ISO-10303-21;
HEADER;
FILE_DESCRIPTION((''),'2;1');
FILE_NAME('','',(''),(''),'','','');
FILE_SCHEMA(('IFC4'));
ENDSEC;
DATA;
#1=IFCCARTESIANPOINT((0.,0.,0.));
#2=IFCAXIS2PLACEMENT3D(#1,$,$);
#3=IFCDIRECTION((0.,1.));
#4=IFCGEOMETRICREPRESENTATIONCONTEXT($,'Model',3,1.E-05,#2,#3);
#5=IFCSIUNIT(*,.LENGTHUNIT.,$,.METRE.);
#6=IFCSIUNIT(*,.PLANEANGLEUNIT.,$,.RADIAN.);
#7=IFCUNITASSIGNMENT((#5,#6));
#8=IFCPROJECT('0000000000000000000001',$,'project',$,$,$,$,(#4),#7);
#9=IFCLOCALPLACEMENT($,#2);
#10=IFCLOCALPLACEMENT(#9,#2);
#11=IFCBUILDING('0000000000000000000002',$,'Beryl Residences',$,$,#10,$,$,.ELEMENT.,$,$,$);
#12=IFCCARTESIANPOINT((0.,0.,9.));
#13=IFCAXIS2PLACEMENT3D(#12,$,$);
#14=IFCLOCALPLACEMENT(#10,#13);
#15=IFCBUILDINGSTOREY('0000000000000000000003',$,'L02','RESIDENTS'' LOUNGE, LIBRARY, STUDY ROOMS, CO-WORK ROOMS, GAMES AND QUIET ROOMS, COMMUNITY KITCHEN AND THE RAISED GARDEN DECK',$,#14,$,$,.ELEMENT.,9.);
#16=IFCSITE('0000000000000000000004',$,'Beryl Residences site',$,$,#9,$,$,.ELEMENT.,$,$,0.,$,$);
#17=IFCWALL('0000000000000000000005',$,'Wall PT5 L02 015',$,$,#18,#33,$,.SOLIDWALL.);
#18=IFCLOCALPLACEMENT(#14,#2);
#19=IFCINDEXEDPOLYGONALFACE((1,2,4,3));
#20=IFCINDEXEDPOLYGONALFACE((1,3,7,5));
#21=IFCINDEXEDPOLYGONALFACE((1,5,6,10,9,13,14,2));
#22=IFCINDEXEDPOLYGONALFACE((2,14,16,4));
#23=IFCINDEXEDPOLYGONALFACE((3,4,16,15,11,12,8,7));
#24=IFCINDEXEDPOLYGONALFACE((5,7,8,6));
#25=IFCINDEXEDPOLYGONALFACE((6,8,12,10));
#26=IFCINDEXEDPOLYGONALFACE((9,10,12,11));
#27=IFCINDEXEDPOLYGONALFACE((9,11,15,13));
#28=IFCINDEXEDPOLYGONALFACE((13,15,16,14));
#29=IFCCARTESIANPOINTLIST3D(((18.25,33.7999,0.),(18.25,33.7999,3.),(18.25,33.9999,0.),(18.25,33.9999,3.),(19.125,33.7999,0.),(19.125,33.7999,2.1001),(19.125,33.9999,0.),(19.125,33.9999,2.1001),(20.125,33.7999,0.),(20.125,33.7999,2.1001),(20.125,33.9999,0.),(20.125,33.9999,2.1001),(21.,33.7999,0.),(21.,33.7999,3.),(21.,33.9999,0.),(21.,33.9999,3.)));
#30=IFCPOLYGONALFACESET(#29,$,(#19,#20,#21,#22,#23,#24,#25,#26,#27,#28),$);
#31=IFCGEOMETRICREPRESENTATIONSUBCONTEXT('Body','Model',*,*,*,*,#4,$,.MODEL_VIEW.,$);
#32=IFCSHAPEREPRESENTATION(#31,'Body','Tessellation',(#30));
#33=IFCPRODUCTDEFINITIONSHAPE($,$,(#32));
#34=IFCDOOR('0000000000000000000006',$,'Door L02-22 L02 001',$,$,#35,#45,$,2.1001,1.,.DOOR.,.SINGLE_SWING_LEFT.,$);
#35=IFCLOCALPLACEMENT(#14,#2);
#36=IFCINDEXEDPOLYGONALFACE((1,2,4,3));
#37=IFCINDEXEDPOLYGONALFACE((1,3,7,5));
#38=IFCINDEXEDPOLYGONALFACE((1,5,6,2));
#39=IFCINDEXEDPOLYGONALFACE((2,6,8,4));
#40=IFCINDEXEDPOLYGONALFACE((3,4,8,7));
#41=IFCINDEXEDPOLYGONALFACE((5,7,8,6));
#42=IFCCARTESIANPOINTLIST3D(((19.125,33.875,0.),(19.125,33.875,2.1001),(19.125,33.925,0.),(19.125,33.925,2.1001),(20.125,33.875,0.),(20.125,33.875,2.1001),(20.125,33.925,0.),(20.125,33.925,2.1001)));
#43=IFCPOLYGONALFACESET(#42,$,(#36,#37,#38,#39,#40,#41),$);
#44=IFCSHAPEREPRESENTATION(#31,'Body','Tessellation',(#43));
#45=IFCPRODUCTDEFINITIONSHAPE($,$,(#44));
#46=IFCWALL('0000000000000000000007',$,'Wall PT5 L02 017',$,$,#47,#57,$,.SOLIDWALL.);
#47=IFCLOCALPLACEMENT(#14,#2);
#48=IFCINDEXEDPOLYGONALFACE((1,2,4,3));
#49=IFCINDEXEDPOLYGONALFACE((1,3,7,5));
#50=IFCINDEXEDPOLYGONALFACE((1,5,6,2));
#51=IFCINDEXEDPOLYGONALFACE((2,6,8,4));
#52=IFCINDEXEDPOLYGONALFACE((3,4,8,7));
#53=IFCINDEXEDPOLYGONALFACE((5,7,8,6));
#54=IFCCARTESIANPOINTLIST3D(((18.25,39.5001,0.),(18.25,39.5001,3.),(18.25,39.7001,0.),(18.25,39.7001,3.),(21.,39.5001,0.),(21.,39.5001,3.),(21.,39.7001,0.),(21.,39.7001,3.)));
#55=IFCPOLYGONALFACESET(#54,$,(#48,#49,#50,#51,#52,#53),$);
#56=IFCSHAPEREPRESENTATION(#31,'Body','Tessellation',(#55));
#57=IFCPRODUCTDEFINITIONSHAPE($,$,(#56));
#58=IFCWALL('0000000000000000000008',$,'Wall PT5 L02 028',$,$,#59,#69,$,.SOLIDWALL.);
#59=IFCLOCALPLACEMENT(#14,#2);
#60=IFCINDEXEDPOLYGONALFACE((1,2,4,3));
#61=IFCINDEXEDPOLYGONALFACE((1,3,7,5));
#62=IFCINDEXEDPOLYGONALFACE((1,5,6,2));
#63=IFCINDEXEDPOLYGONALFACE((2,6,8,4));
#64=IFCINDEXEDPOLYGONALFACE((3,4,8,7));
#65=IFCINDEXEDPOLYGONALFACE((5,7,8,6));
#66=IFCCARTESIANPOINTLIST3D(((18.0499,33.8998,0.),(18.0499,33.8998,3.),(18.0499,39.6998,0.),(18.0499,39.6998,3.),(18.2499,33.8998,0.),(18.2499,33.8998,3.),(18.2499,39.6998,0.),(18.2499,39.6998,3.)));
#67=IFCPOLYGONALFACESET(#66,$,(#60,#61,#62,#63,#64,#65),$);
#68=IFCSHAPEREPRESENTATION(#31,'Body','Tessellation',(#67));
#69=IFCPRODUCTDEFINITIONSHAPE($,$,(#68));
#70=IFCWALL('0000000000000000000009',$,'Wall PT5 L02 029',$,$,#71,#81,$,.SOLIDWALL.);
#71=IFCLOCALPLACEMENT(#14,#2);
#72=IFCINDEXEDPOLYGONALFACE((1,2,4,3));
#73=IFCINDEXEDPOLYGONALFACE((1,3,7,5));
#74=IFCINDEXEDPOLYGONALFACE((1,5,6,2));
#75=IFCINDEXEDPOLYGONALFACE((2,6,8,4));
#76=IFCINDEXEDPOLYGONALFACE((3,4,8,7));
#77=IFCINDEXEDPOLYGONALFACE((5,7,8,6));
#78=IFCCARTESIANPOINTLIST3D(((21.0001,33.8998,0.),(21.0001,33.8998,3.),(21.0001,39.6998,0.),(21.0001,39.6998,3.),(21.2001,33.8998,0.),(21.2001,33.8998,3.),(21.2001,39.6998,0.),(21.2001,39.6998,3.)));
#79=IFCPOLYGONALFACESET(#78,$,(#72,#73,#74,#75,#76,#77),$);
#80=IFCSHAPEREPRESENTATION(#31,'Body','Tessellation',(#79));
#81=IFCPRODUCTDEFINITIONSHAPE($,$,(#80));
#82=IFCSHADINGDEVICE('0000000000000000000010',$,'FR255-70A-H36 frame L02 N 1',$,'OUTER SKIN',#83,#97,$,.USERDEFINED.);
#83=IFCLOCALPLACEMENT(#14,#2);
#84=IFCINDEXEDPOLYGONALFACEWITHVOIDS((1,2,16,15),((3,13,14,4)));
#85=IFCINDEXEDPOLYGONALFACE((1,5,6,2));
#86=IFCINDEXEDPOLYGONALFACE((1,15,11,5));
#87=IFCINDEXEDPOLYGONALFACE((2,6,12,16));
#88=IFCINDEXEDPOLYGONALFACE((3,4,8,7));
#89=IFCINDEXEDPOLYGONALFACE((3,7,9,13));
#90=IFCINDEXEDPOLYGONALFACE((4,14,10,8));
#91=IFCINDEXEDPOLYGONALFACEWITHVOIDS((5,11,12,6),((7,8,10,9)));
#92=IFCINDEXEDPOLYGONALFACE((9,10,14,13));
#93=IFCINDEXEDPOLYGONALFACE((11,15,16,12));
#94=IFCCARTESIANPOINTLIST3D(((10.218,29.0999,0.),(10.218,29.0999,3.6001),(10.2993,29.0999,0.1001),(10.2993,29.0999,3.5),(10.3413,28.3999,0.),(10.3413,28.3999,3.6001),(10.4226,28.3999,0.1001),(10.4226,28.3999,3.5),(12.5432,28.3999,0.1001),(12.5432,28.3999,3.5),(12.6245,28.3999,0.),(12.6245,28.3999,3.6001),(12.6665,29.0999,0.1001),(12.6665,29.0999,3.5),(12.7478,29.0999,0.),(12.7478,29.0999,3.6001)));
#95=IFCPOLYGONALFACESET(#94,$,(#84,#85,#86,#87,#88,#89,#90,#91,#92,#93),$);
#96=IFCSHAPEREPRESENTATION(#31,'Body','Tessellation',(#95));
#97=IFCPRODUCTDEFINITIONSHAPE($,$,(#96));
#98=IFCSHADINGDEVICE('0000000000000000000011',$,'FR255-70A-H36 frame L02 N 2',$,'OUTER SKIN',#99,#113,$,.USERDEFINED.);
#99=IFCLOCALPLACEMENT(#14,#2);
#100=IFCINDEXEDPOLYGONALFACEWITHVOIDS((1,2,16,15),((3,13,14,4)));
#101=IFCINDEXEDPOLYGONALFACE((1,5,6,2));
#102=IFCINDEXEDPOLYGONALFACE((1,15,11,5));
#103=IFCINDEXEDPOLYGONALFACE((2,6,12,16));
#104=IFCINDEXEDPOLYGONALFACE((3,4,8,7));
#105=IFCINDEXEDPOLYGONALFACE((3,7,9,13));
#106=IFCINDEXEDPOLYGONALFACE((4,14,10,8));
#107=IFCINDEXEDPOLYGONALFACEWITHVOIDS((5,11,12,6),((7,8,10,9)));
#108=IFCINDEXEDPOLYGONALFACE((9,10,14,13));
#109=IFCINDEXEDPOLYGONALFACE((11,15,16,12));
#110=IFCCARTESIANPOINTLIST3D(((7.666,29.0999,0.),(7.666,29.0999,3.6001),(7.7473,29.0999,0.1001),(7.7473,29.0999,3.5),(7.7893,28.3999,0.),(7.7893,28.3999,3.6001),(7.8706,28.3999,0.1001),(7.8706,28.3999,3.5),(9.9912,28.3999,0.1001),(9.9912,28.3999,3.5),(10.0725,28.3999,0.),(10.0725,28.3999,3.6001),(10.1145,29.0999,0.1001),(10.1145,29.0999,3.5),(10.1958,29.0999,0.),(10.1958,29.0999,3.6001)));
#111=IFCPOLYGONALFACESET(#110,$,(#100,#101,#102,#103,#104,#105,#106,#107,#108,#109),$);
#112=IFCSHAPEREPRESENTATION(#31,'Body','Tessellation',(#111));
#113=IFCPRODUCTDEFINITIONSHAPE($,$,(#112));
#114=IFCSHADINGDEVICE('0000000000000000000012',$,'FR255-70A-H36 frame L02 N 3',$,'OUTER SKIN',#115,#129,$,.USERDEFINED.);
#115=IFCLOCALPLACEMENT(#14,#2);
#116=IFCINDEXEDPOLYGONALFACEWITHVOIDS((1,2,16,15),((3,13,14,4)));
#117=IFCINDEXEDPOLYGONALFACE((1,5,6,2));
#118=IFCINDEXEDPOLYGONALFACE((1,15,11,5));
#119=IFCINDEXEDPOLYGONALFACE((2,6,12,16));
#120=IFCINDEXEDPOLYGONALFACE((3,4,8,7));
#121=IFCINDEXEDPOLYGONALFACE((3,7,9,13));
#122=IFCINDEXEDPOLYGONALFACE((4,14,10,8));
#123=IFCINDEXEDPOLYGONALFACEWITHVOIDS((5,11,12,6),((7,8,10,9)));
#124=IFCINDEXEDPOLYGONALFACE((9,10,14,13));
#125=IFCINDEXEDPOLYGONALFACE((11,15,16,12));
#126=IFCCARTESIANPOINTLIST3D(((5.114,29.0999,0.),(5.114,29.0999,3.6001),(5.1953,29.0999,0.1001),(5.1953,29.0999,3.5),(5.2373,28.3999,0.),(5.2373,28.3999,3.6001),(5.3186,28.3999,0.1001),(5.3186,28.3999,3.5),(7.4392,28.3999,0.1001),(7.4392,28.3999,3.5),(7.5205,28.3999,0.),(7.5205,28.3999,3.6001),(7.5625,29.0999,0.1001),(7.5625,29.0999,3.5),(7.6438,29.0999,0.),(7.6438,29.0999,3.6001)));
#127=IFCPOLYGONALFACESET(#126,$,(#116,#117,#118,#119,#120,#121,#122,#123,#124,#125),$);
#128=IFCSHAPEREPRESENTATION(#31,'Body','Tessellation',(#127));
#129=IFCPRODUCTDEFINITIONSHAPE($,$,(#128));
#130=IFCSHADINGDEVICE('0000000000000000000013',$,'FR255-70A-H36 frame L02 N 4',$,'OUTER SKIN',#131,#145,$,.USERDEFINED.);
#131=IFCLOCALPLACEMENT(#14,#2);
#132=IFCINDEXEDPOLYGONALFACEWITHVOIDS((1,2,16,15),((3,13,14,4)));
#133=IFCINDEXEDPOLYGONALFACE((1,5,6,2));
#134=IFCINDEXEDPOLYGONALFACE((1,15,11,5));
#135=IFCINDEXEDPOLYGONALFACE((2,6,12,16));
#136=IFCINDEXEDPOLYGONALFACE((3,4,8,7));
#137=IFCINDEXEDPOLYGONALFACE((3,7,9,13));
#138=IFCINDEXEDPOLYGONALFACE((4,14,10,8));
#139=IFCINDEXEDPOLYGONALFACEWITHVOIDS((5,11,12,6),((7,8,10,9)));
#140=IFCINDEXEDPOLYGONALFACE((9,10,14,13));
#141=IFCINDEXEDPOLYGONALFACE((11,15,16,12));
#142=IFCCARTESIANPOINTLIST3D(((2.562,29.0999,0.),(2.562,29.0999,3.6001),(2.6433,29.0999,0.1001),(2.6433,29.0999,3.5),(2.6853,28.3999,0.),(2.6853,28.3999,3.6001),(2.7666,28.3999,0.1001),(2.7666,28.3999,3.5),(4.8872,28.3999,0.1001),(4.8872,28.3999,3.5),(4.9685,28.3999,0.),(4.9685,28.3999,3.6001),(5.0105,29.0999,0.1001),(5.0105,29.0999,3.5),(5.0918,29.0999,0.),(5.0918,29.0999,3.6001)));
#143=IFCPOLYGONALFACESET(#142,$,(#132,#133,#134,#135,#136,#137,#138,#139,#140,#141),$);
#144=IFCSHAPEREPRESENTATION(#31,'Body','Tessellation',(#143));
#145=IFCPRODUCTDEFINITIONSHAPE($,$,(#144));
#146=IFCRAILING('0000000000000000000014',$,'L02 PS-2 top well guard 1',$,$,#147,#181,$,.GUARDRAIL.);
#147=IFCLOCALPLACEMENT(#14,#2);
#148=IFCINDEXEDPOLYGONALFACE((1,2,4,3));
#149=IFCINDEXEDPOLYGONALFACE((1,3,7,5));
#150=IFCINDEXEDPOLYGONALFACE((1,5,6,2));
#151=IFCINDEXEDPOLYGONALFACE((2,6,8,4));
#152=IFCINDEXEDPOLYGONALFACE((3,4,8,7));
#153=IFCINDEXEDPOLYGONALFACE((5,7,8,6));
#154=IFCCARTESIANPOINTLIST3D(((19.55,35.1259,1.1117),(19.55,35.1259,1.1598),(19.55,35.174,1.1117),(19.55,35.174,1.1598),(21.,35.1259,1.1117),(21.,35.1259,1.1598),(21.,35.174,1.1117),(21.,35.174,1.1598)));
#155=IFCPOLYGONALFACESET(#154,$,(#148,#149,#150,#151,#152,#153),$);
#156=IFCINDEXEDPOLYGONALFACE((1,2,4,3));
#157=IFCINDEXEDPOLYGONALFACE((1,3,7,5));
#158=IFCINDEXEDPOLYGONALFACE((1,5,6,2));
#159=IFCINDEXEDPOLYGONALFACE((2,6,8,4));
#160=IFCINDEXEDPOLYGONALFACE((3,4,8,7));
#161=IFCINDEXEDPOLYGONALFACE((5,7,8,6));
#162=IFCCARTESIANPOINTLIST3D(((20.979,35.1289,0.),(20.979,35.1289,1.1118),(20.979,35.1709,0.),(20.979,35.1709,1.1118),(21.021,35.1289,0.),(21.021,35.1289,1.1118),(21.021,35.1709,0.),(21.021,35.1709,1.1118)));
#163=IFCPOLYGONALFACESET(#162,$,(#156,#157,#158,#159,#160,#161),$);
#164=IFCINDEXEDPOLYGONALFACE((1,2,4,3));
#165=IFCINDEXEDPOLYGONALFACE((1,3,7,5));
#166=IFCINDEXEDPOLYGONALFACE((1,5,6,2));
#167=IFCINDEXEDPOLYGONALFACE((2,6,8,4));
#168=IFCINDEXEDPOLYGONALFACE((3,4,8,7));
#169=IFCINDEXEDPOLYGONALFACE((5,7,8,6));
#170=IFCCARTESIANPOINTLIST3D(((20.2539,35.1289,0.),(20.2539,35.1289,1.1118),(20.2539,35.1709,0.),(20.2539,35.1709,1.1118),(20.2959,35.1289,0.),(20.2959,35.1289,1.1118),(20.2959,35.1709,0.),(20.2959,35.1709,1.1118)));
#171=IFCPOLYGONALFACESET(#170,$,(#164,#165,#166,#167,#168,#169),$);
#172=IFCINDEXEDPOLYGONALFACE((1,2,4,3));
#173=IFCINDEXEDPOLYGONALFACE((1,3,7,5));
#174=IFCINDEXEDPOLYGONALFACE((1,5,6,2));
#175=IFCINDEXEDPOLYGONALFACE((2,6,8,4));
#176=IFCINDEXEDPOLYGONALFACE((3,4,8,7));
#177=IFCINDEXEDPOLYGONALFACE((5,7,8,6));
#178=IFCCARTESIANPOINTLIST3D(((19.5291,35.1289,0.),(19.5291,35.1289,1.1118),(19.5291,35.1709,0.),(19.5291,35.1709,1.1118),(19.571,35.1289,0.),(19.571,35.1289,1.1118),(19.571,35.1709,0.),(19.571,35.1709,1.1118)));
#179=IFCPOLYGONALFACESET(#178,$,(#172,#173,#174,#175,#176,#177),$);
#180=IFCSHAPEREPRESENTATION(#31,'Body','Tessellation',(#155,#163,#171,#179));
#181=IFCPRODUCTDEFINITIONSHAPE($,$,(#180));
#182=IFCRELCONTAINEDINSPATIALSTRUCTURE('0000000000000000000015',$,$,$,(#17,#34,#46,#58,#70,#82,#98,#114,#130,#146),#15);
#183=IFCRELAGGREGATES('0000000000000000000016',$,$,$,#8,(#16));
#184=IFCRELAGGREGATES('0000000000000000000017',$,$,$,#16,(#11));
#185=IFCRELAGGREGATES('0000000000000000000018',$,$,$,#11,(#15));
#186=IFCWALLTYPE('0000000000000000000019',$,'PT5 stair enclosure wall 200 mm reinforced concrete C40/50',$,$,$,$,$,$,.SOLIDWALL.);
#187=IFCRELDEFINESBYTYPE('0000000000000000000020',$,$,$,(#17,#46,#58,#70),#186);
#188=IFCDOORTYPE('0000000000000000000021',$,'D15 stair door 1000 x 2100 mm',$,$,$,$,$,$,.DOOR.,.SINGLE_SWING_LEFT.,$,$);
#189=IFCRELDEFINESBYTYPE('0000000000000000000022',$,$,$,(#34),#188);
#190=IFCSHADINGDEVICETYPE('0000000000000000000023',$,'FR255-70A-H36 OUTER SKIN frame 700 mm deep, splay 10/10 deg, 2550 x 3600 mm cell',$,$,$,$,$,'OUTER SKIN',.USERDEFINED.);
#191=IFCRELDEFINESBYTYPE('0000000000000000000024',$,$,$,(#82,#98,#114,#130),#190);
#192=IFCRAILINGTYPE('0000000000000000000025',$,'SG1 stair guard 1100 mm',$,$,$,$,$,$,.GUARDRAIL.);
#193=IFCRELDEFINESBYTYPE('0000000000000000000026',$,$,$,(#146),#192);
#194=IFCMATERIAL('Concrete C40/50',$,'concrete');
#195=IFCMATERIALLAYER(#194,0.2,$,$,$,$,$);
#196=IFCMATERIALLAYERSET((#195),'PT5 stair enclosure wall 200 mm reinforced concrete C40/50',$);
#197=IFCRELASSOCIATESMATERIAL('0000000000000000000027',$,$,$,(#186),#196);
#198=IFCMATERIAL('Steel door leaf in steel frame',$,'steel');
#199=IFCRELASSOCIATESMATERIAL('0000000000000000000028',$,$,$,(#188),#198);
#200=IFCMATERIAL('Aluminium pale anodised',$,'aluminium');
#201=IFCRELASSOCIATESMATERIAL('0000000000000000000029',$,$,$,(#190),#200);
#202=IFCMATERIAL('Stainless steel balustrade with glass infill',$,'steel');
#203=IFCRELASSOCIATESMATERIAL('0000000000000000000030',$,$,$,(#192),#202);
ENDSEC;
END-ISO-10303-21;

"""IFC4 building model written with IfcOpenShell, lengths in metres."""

from ifc_helpers import new_model, entity, si_unit, direction, frame, frame_2d, origin, origin_2d, place, context, subcontext, project, spatial, rectangle, extrude, source, transform, mapped, material, layer, layer_set, type_object, type_shapes, element, fill, save


model = new_model("IFC4")

# Units and contexts
model_context = context("Model", 3, precision=1e-05, world=origin(), true_north=direction((0.0, 1.0)))
body_context = subcontext(model_context, "Body", "Model", "MODEL_VIEW")
ifc_project = project(units=[si_unit("LENGTHUNIT", "METRE"), si_unit("PLANEANGLEUNIT", "RADIAN")], contexts=[model_context])

# Site, building, storey
site_placement = place(None, origin())
site = spatial("IfcSite", under=ifc_project, at=site_placement, Name="Beryl Residences site", CompositionType="ELEMENT", RefElevation=0.0)
building_placement = place(site_placement, origin())
building = spatial("IfcBuilding", under=site, at=building_placement, Name="Beryl Residences", CompositionType="ELEMENT")
storey_placement = place(building_placement, frame((0.0, 0.0, 9.0)))
storey = spatial("IfcBuildingStorey", under=building, at=storey_placement, Name="L02", Description="RESIDENTS' LOUNGE, LIBRARY, STUDY ROOMS, CO-WORK ROOMS, GAMES AND QUIET ROOMS, COMMUNITY KITCHEN AND THE RAISED GARDEN DECK", CompositionType="ELEMENT", Elevation=9.0)

# Wall, opening, door
ifc_material_1 = material(Name="Concrete C40/50", Category="concrete")
ifc_layer_1 = layer(ifc_material_1, 0.2)
ifc_layer_set_1 = layer_set([ifc_layer_1], Name="PT5 stair enclosure wall 200 mm reinforced concrete C40/50")
wall_type = type_object("IfcWallType", Name="PT5 stair enclosure wall 200 mm reinforced concrete C40/50", PredefinedType="SOLIDWALL", material=ifc_layer_set_1)
wall_1_placement = place(storey_placement, frame((18.25, 33.8999, 0.0), z_axis=(0.0, 0.0, 1.0), x_axis=(1.0, 0.0, 0.0)))
wall_1 = element("IfcWall", 1, at=wall_1_placement, inside=storey, type_object=wall_type, Name="Wall PT5 L02 015", PredefinedType="SOLIDWALL", context=body_context, shape_type="SweptSolid", body=[
    extrude(rectangle(XDim=2.75, YDim=0.2, at=frame_2d((1.375, 0.0))), origin(), (0.0, 0.0, 1.0), 3.0),
])
opening_placement = place(wall_1_placement, frame((1.875, 0.0, 0.0), z_axis=(0.0, 0.0, 1.0), x_axis=(-1.0, 0.0, 0.0)))
opening = element("IfcOpeningElement", 2, at=opening_placement, cuts=wall_1, PredefinedType="OPENING", context=body_context, shape_type="SweptSolid", body=[
    extrude(rectangle(XDim=1.0, YDim=2.1001, at=frame_2d((0.5, 1.05))), frame((0.0, 0.1099, 0.0), z_axis=(0.0, -1.0, 0.0), x_axis=(1.0, 0.0, 0.0)), (0.0, 0.0, 1.0), 0.22),
])
ifc_material_2 = material(Name="Steel door leaf in steel frame", Category="steel")
door_type = type_object("IfcDoorType", Name="D15 stair door 1000 x 2100 mm", OperationType="SINGLE_SWING_LEFT", PredefinedType="DOOR", material=ifc_material_2)
door_placement = place(opening_placement, origin())
door = element("IfcDoor", 3, at=door_placement, inside=storey, type_object=door_type, Name="Door L02-22 L02 001", OperationType="SINGLE_SWING_LEFT", OverallHeight=2.1001, OverallWidth=1.0, PredefinedType="DOOR", context=body_context, shape_type="SweptSolid", body=[
    extrude(rectangle(XDim=1.0, YDim=2.1001, at=frame_2d((0.5, 1.05))), frame((0.0, 0.0249, 0.0), z_axis=(0.0, -1.0, 0.0), x_axis=(1.0, 0.0, 0.0)), (0.0, 0.0, 1.0), 0.05),
])
fill(opening, door)

# Walls
wall_2_placement = place(storey_placement, frame((18.25, 39.6001, 0.0), z_axis=(0.0, 0.0, 1.0), x_axis=(1.0, 0.0, 0.0)))
element("IfcWall", 4, at=wall_2_placement, inside=storey, type_object=wall_type, Name="Wall PT5 L02 017", PredefinedType="SOLIDWALL", context=body_context, shape_type="SweptSolid", body=[
    extrude(rectangle(XDim=2.75, YDim=0.2, at=frame_2d((1.375, 0.0))), origin(), (0.0, 0.0, 1.0), 3.0),
])
for number, where, z_axis, x_axis, name in (
    (5, (18.1499, 33.8999, 0.0), (0.0, 0.0, 1.0), (0.0, 1.0, 0.0), "Wall PT5 L02 028"),
    (6, (21.1001, 33.8999, 0.0), (0.0, 0.0, 1.0), (0.0, 1.0, 0.0), "Wall PT5 L02 029"),
):
    element("IfcWall", number, at=place(storey_placement, frame(where, z_axis=z_axis, x_axis=x_axis)), inside=storey, type_object=wall_type, Name=name, PredefinedType="SOLIDWALL", context=body_context, shape_type="SweptSolid", body=[
        extrude(rectangle(XDim=5.8, YDim=0.2, at=frame_2d((2.8999, 0.0))), origin(), (0.0, 0.0, 1.0), 3.0),
    ])

# Shading devices
ifc_material_3 = material(Name="Aluminium pale anodised", Category="aluminium")
shading_device_type = type_object("IfcShadingDeviceType", Name="FR255-70A-H36 OUTER SKIN frame 700 mm deep, splay 10/10 deg, 2550 x 3600 mm cell", ElementType="OUTER SKIN", PredefinedType="USERDEFINED", material=ifc_material_3)
cartesian_point_1 = entity("IfcCartesianPoint", [-1.1416, 0.0])
cartesian_point_2 = entity("IfcCartesianPoint", [-1.0603, 0.1001])
cartesian_point_3 = entity("IfcCartesianPoint", [-1.2649, 0.0])
cartesian_point_4 = entity("IfcCartesianPoint", [-1.1836, 0.1001])
shared_shape_1 = source(origin(), body_context, "Body", "SweptSolid", [
    entity("IfcExtrudedAreaSolidTapered", entity("IfcArbitraryProfileDefWithVoids", "AREA", None, entity("IfcPolyline", [cartesian_point_1, entity("IfcCartesianPoint", [1.1416, 0.0]), entity("IfcCartesianPoint", [1.1416, 3.6001]), entity("IfcCartesianPoint", [-1.1416, 3.6001]), cartesian_point_1]), [entity("IfcPolyline", [cartesian_point_2, entity("IfcCartesianPoint", [1.0603, 0.1001]), entity("IfcCartesianPoint", [1.0603, 3.5]), entity("IfcCartesianPoint", [-1.0603, 3.5]), cartesian_point_2])]), entity("IfcAxis2Placement3D", entity("IfcCartesianPoint", [0.0, 0.0, 0.0]), entity("IfcDirection", [0.0, 1.0, 0.0]), entity("IfcDirection", [-1.0, 0.0, 0.0])), entity("IfcDirection", [0.0, 0.0, 1.0]), 0.7, entity("IfcArbitraryProfileDefWithVoids", "AREA", None, entity("IfcPolyline", [cartesian_point_3, entity("IfcCartesianPoint", [1.2649, 0.0]), entity("IfcCartesianPoint", [1.2649, 3.6001]), entity("IfcCartesianPoint", [-1.2649, 3.6001]), cartesian_point_3]), [entity("IfcPolyline", [cartesian_point_4, entity("IfcCartesianPoint", [1.1836, 0.1001]), entity("IfcCartesianPoint", [1.1836, 3.5]), entity("IfcCartesianPoint", [-1.1836, 3.5]), cartesian_point_4])])),
])
type_shapes(shading_device_type, [shared_shape_1])
for number, where, z_axis, x_axis, name in (
    (7, (11.4829, 28.3999, 0.0), (0.0, 0.0, 1.0), (1.0, 0.0, 0.0), "FR255-70A-H36 frame L02 N 1"),
    (8, (8.9309, 28.3999, 0.0), (0.0, 0.0, 1.0), (1.0, 0.0, 0.0), "FR255-70A-H36 frame L02 N 2"),
    (9, (6.3789, 28.3999, 0.0), (0.0, 0.0, 1.0), (1.0, 0.0, 0.0), "FR255-70A-H36 frame L02 N 3"),
    (10, (3.8269, 28.3999, 0.0), (0.0, 0.0, 1.0), (1.0, 0.0, 0.0), "FR255-70A-H36 frame L02 N 4"),
):
    element("IfcShadingDevice", number, at=place(storey_placement, frame(where, z_axis=z_axis, x_axis=x_axis)), inside=storey, type_object=shading_device_type, Name=name, ObjectType="OUTER SKIN", PredefinedType="USERDEFINED", context=body_context, shape_type="MappedRepresentation", body=[
        mapped(shared_shape_1, transform((0.0, 0.0, 0.0))),
    ])

# Railing
ifc_material_4 = material(Name="Stainless steel balustrade with glass infill", Category="steel")
railing_type = type_object("IfcRailingType", Name="SG1 stair guard 1100 mm", PredefinedType="GUARDRAIL", material=ifc_material_4)
railing_placement = place(storey_placement, frame((21.0, 35.1499, 0.0)))
element("IfcRailing", 11, at=railing_placement, inside=storey, type_object=railing_type, Name="L02 PS-2 top well guard 1", PredefinedType="GUARDRAIL", context=body_context, shape_type="SweptSolid", body=[
    extrude(rectangle(XDim=0.0481, YDim=0.0481, at=origin_2d()), frame((0.0, 0.0, 1.1357), z_axis=(-1.0, 0.0, 0.0), x_axis=(0.0, -1.0, 0.0)), (0.0, 0.0, 1.0), 1.45),
    extrude(rectangle(XDim=0.042, YDim=0.042, at=origin_2d()), origin(), (0.0, 0.0, 1.0), 1.1118),
    extrude(rectangle(XDim=0.042, YDim=0.042, at=origin_2d()), frame((-0.7251, 0.0, 0.0)), (0.0, 0.0, 1.0), 1.1118),
    extrude(rectangle(XDim=0.042, YDim=0.042, at=origin_2d()), frame((-1.45, 0.0, 0.0)), (0.0, 0.0, 1.0), 1.1118),
])

save(model, "model.ifc")
